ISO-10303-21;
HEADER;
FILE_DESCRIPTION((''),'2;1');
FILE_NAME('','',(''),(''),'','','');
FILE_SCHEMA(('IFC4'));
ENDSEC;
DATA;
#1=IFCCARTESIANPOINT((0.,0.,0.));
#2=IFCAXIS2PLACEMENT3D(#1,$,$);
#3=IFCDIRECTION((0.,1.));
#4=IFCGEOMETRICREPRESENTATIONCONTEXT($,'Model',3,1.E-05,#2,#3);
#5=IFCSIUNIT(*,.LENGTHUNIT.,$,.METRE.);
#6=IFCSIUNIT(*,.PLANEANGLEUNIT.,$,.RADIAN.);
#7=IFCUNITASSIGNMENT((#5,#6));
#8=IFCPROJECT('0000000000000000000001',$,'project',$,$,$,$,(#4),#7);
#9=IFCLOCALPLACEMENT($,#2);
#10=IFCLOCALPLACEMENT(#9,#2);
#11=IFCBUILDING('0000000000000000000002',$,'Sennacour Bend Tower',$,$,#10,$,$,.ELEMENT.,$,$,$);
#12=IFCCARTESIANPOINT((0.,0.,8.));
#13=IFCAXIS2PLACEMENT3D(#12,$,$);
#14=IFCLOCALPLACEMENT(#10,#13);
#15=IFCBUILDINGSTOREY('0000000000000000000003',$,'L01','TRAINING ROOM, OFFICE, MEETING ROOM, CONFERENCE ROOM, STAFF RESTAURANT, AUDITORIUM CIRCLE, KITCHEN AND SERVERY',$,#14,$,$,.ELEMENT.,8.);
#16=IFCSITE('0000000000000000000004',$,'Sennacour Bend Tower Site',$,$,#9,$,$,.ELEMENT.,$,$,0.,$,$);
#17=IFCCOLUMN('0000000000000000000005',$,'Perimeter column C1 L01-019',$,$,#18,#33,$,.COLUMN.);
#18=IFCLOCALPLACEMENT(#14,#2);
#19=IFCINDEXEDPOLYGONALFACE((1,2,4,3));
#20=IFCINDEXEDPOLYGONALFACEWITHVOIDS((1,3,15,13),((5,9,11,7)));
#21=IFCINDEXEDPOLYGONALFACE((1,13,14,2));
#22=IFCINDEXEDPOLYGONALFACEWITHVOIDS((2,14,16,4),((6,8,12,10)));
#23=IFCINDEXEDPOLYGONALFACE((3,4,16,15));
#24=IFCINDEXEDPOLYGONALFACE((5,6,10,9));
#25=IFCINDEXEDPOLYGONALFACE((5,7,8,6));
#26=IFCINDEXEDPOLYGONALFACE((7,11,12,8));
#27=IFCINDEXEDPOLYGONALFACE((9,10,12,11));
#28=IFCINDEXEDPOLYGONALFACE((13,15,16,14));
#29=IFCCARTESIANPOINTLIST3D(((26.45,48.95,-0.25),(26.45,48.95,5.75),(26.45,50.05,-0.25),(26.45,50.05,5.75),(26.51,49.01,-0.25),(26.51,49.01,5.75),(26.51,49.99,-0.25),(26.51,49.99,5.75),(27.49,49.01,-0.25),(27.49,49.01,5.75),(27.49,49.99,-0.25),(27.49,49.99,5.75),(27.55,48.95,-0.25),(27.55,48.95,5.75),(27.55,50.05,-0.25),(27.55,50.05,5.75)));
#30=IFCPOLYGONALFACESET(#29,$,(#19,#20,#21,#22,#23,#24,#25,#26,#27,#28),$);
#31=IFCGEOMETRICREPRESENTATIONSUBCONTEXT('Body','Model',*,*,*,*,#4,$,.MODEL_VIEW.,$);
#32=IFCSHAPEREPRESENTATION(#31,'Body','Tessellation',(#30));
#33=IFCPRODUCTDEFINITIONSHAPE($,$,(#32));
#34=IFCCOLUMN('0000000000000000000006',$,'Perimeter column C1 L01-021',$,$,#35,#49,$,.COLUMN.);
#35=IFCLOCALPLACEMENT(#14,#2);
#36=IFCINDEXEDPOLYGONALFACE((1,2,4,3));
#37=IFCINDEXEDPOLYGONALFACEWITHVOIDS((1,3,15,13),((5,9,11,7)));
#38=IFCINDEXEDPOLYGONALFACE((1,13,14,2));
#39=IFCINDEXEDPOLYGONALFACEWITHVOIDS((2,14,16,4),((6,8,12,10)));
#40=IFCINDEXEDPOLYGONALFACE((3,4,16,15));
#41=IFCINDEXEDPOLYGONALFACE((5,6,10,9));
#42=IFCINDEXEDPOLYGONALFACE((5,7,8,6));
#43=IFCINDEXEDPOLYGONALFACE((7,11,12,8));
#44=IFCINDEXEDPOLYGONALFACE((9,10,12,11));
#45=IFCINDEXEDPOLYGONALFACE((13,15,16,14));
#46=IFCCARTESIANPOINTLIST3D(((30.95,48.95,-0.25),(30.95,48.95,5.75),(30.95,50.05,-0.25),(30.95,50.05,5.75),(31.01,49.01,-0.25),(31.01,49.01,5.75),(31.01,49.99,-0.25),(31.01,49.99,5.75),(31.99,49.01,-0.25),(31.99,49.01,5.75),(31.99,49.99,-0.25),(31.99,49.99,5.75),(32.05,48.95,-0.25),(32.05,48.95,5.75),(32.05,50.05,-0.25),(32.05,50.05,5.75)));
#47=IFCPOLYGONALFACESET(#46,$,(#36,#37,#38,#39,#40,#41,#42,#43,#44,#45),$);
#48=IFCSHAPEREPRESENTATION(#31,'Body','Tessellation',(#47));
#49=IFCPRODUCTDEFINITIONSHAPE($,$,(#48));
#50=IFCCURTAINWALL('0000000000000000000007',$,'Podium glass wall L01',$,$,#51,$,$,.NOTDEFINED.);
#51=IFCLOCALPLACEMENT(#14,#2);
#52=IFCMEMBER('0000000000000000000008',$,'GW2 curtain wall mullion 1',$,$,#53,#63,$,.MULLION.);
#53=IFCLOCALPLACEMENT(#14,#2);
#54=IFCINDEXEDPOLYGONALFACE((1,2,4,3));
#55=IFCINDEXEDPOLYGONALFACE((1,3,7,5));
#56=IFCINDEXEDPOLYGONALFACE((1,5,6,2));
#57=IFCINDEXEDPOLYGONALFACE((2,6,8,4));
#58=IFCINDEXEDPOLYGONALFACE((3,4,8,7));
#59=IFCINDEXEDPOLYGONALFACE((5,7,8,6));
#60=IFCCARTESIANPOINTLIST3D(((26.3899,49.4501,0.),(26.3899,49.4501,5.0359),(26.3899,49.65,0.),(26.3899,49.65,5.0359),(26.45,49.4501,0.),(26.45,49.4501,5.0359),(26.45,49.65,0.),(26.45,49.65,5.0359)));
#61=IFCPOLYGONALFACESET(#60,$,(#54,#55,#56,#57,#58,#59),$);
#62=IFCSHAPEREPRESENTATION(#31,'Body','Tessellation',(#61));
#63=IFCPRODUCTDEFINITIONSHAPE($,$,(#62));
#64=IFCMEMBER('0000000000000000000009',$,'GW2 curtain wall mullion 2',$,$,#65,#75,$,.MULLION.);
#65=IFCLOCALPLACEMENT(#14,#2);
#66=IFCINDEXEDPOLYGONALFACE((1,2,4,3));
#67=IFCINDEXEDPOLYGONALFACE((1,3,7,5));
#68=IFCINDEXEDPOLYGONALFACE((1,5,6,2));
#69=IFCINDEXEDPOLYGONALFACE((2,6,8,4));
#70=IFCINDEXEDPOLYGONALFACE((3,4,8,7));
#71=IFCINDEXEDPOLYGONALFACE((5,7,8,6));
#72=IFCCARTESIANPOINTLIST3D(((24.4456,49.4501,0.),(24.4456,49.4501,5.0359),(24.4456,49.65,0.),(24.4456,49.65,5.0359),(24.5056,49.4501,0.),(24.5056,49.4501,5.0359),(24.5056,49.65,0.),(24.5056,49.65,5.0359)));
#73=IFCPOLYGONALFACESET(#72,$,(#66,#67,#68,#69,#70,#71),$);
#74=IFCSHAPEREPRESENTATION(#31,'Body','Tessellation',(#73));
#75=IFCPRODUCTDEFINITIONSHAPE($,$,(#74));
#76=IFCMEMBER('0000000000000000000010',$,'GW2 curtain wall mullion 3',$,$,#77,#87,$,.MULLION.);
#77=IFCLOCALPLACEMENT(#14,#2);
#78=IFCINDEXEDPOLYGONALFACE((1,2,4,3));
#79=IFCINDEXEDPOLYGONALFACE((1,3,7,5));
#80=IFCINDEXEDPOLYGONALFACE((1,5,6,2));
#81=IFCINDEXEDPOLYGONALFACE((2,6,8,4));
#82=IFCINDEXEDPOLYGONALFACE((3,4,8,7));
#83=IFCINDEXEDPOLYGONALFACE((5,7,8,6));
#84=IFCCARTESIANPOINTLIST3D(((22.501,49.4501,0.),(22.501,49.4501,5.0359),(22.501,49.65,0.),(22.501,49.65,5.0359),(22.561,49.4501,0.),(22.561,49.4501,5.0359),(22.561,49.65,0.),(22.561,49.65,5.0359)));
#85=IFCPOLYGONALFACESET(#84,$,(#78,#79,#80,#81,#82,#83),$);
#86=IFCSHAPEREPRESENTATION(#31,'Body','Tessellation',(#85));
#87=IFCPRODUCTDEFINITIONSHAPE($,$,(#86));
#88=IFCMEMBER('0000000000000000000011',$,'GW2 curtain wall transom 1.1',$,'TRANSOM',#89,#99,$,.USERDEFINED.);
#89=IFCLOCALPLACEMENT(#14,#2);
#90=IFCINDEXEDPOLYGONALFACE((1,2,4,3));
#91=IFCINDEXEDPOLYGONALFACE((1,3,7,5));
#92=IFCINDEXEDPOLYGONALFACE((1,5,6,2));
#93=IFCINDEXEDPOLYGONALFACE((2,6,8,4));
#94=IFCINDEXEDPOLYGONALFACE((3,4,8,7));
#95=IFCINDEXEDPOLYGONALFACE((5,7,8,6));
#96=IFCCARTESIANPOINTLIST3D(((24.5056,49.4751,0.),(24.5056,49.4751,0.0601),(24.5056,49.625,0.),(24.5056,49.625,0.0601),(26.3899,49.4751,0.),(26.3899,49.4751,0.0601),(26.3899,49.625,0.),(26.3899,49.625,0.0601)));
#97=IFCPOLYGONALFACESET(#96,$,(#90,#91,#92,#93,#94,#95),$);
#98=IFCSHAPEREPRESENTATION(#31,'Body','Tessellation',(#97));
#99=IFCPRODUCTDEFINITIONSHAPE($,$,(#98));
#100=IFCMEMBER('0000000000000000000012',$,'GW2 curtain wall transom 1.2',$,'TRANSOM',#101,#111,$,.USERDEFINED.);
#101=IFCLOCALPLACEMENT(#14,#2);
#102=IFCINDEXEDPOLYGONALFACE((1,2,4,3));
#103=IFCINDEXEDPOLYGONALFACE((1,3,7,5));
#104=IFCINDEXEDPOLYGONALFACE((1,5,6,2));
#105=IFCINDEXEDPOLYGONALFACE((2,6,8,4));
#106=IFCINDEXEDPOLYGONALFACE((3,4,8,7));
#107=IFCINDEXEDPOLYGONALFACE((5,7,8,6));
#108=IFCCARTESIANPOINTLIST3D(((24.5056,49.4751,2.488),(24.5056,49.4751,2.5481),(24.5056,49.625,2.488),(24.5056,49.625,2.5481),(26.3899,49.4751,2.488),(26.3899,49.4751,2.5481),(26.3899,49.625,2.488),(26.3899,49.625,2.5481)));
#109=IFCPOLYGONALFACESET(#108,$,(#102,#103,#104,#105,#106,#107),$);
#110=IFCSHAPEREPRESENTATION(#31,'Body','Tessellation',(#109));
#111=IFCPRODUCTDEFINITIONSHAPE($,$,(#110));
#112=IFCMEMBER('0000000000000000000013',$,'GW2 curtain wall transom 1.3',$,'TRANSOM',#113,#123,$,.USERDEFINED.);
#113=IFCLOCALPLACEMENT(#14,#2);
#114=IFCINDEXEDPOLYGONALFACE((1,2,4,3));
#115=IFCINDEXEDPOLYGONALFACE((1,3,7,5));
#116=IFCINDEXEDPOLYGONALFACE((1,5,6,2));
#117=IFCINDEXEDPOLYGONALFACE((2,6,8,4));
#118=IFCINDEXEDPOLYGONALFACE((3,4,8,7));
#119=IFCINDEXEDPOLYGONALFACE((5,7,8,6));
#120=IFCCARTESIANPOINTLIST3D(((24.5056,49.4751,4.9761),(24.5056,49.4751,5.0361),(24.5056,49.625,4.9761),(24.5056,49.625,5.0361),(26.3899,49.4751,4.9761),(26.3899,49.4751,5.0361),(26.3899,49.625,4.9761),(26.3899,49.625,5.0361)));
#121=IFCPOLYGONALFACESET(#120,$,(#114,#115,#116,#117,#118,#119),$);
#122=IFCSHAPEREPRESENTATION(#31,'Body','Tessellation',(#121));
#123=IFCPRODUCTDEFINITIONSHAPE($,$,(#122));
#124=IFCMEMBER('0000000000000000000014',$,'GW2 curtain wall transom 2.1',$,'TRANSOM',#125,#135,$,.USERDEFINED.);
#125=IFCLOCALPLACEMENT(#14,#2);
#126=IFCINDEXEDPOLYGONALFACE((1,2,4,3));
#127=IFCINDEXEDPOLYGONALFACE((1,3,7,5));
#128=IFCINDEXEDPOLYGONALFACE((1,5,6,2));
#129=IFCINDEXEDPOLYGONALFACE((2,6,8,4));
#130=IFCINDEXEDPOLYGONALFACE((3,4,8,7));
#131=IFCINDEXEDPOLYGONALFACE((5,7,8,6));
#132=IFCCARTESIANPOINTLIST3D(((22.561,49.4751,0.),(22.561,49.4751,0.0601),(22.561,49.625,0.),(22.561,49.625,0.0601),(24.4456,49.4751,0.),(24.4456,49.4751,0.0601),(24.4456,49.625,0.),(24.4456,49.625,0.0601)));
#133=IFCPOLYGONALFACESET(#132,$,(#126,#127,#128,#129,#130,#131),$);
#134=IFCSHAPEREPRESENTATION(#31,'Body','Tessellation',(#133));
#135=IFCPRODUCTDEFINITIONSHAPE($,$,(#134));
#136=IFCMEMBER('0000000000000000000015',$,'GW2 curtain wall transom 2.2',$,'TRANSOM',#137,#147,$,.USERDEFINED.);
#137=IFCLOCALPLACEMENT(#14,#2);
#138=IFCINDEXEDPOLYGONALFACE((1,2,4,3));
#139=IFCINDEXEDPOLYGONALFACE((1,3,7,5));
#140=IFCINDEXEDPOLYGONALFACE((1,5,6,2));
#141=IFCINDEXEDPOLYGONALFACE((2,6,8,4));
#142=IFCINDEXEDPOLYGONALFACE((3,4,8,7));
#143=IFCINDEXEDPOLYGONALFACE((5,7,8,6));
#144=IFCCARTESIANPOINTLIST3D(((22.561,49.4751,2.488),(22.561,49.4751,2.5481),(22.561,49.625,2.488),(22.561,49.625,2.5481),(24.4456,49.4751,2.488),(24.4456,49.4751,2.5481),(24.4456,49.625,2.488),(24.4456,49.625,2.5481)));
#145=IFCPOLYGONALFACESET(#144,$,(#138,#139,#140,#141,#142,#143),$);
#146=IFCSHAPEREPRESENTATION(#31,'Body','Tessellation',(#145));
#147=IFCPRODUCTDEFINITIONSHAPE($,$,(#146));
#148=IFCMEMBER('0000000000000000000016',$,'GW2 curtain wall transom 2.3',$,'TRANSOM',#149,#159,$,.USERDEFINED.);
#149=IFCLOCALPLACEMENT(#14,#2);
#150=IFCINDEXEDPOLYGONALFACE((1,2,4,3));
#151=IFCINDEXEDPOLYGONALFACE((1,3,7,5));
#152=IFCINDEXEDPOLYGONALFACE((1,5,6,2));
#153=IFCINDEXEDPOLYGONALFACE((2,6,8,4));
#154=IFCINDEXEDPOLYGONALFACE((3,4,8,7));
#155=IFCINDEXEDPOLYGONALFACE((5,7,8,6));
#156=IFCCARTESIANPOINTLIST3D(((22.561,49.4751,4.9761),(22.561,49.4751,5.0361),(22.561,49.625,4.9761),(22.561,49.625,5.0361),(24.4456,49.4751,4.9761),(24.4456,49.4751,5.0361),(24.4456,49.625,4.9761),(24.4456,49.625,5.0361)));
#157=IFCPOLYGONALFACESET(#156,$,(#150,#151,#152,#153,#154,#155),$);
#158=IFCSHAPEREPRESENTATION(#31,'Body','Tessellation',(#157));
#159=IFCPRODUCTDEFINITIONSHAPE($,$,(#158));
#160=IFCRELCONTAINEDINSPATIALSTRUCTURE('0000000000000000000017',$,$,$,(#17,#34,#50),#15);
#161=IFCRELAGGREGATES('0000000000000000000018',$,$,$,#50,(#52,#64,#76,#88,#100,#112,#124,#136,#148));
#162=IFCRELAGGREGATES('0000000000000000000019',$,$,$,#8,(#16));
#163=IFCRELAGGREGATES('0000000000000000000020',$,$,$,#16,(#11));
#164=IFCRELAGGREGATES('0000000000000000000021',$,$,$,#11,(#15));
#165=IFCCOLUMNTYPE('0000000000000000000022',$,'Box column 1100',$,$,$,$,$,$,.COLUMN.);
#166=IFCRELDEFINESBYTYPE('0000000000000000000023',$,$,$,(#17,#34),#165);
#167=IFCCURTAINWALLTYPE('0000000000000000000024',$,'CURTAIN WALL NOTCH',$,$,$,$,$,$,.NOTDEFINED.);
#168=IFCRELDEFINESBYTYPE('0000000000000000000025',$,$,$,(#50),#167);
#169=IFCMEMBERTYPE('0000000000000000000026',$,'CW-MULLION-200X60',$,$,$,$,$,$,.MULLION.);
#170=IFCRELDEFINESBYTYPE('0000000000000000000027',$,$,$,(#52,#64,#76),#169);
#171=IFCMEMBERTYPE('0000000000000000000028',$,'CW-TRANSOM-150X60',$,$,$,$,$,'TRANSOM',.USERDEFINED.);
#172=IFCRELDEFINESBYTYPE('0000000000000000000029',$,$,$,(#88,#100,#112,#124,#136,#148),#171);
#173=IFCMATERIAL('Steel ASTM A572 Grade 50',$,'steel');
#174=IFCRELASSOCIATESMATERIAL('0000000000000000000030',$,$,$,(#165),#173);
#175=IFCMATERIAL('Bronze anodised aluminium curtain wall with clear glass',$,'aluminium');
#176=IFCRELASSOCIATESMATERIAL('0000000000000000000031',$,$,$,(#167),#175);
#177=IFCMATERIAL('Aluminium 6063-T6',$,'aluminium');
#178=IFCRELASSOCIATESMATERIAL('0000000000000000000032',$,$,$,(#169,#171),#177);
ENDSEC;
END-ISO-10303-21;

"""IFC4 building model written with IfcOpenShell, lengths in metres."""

from ifc_helpers import new_model, si_unit, direction, frame, origin, origin_2d, place, context, subcontext, project, spatial, rectangle, hollow_rectangle, extrude, material, material_profile, profile_set, type_object, element, aggregate, save


model = new_model("IFC4")

# Units and contexts
model_context = context("Model", 3, precision=1e-05, world=origin(), true_north=direction((0.0, 1.0)))
body_context = subcontext(model_context, "Body", "Model", "MODEL_VIEW")
ifc_project = project(units=[si_unit("LENGTHUNIT", "METRE"), si_unit("PLANEANGLEUNIT", "RADIAN")], contexts=[model_context])

# Site, building, storey
site_placement = place(None, origin())
site = spatial("IfcSite", under=ifc_project, at=site_placement, Name="Sennacour Bend Tower Site", CompositionType="ELEMENT", RefElevation=0.0)
building_placement = place(site_placement, origin())
building = spatial("IfcBuilding", under=site, at=building_placement, Name="Sennacour Bend Tower", CompositionType="ELEMENT")
storey_placement = place(building_placement, frame((0.0, 0.0, 8.0)))
storey = spatial("IfcBuildingStorey", under=building, at=storey_placement, Name="L01", Description="TRAINING ROOM, OFFICE, MEETING ROOM, CONFERENCE ROOM, STAFF RESTAURANT, AUDITORIUM CIRCLE, KITCHEN AND SERVERY", CompositionType="ELEMENT", Elevation=8.0)

# Columns
ifc_material_1 = material(Name="Steel ASTM A572 Grade 50", Category="steel")
ifc_material_profile_1 = material_profile(ifc_material_1, hollow_rectangle(XDim=1.1001, YDim=1.1001, WallThickness=0.0601, at=origin_2d()), Name="Steel ASTM A572 Grade 50", Category="steel")
ifc_profile_set_1 = profile_set([ifc_material_profile_1], Name="Steel ASTM A572 Grade 50")
column_type = type_object("IfcColumnType", Name="Box column 1100", PredefinedType="COLUMN", material=ifc_profile_set_1)
for number, where, z_axis, x_axis, name in (
    (1, (27.0, 49.5, -0.25), (0.0, 0.0, 1.0), (1.0, 0.0, 0.0), "Perimeter column C1 L01-019"),
    (2, (31.5, 49.5, -0.25), (0.0, 0.0, 1.0), (1.0, 0.0, 0.0), "Perimeter column C1 L01-021"),
):
    element("IfcColumn", number, at=place(storey_placement, frame(where, z_axis=z_axis, x_axis=x_axis)), inside=storey, type_object=column_type, Name=name, PredefinedType="COLUMN", context=body_context, shape_type="SweptSolid", body=[
        extrude(hollow_rectangle(XDim=1.1001, YDim=1.1001, WallThickness=0.0601, at=origin_2d()), origin(), (0.0, 0.0, 1.0), 6.0),
    ])

# Curtain wall, members
ifc_material_2 = material(Name="Bronze anodised aluminium curtain wall with clear glass", Category="aluminium")
curtain_wall_type = type_object("IfcCurtainWallType", Name="CURTAIN WALL NOTCH", PredefinedType="NOTDEFINED", material=ifc_material_2)
curtain_wall_placement = place(storey_placement, origin())
curtain_wall = element("IfcCurtainWall", 3, at=curtain_wall_placement, inside=storey, type_object=curtain_wall_type, Name="Podium glass wall L01", PredefinedType="NOTDEFINED")
ifc_material_3 = material(Name="Aluminium 6063-T6", Category="aluminium")
ifc_material_profile_2 = material_profile(ifc_material_3, rectangle(XDim=0.2, YDim=0.0601, at=origin_2d()), Name="Aluminium 6063-T6", Category="aluminium")
ifc_profile_set_2 = profile_set([ifc_material_profile_2], Name="Aluminium 6063-T6")
member_type_1 = type_object("IfcMemberType", Name="CW-MULLION-200X60", PredefinedType="MULLION", material=ifc_profile_set_2)
member_1_placement = place(storey_placement, frame((26.4199, 49.55, 0.0), z_axis=(0.0, 0.0, 1.0), x_axis=(0.0, -1.0, 0.0)))
member_1 = element("IfcMember", 4, at=member_1_placement, type_object=member_type_1, Name="GW2 curtain wall mullion 1", PredefinedType="MULLION", context=body_context, shape_type="SweptSolid", body=[
    extrude(rectangle(XDim=0.2, YDim=0.0601, at=origin_2d()), origin(), (0.0, 0.0, 1.0), 5.0359),
])
member_2_placement = place(storey_placement, frame((24.4756, 49.55, 0.0), z_axis=(0.0, 0.0, 1.0), x_axis=(0.0, -1.0, 0.0)))
member_2 = element("IfcMember", 5, at=member_2_placement, type_object=member_type_1, Name="GW2 curtain wall mullion 2", PredefinedType="MULLION", context=body_context, shape_type="SweptSolid", body=[
    extrude(rectangle(XDim=0.2, YDim=0.0601, at=origin_2d()), origin(), (0.0, 0.0, 1.0), 5.0359),
])
member_3_placement = place(storey_placement, frame((22.531, 49.55, 0.0), z_axis=(0.0, 0.0, 1.0), x_axis=(0.0, -1.0, 0.0)))
member_3 = element("IfcMember", 6, at=member_3_placement, type_object=member_type_1, Name="GW2 curtain wall mullion 3", PredefinedType="MULLION", context=body_context, shape_type="SweptSolid", body=[
    extrude(rectangle(XDim=0.2, YDim=0.0601, at=origin_2d()), origin(), (0.0, 0.0, 1.0), 5.0359),
])
ifc_material_profile_3 = material_profile(ifc_material_3, rectangle(XDim=0.1499, YDim=0.0601, at=origin_2d()), Name="Aluminium 6063-T6", Category="aluminium")
ifc_profile_set_3 = profile_set([ifc_material_profile_3], Name="Aluminium 6063-T6")
member_type_2 = type_object("IfcMemberType", Name="CW-TRANSOM-150X60", ElementType="TRANSOM", PredefinedType="USERDEFINED", material=ifc_profile_set_3)
member_4_placement = place(storey_placement, frame((26.3899, 49.55, 0.03), z_axis=(-1.0, 0.0, 0.0), x_axis=(0.0, -1.0, 0.0)))
member_4 = element("IfcMember", 7, at=member_4_placement, type_object=member_type_2, Name="GW2 curtain wall transom 1.1", ObjectType="TRANSOM", PredefinedType="USERDEFINED", context=body_context, shape_type="SweptSolid", body=[
    extrude(rectangle(XDim=0.1499, YDim=0.0601, at=origin_2d()), origin(), (0.0, 0.0, 1.0), 1.8843),
])
member_5_placement = place(storey_placement, frame((26.3899, 49.55, 2.5181), z_axis=(-1.0, 0.0, 0.0), x_axis=(0.0, -1.0, 0.0)))
member_5 = element("IfcMember", 8, at=member_5_placement, type_object=member_type_2, Name="GW2 curtain wall transom 1.2", ObjectType="TRANSOM", PredefinedType="USERDEFINED", context=body_context, shape_type="SweptSolid", body=[
    extrude(rectangle(XDim=0.1499, YDim=0.0601, at=origin_2d()), origin(), (0.0, 0.0, 1.0), 1.8843),
])
member_6_placement = place(storey_placement, frame((26.3899, 49.55, 5.0061), z_axis=(-1.0, 0.0, 0.0), x_axis=(0.0, -1.0, 0.0)))
member_6 = element("IfcMember", 9, at=member_6_placement, type_object=member_type_2, Name="GW2 curtain wall transom 1.3", ObjectType="TRANSOM", PredefinedType="USERDEFINED", context=body_context, shape_type="SweptSolid", body=[
    extrude(rectangle(XDim=0.1499, YDim=0.0601, at=origin_2d()), origin(), (0.0, 0.0, 1.0), 1.8843),
])
member_7_placement = place(storey_placement, frame((24.4456, 49.55, 0.03), z_axis=(-1.0, 0.0, 0.0), x_axis=(0.0, -1.0, 0.0)))
member_7 = element("IfcMember", 10, at=member_7_placement, type_object=member_type_2, Name="GW2 curtain wall transom 2.1", ObjectType="TRANSOM", PredefinedType="USERDEFINED", context=body_context, shape_type="SweptSolid", body=[
    extrude(rectangle(XDim=0.1499, YDim=0.0601, at=origin_2d()), origin(), (0.0, 0.0, 1.0), 1.8845),
])
member_8_placement = place(storey_placement, frame((24.4456, 49.55, 2.5181), z_axis=(-1.0, 0.0, 0.0), x_axis=(0.0, -1.0, 0.0)))
member_8 = element("IfcMember", 11, at=member_8_placement, type_object=member_type_2, Name="GW2 curtain wall transom 2.2", ObjectType="TRANSOM", PredefinedType="USERDEFINED", context=body_context, shape_type="SweptSolid", body=[
    extrude(rectangle(XDim=0.1499, YDim=0.0601, at=origin_2d()), origin(), (0.0, 0.0, 1.0), 1.8845),
])
member_9_placement = place(storey_placement, frame((24.4456, 49.55, 5.0061), z_axis=(-1.0, 0.0, 0.0), x_axis=(0.0, -1.0, 0.0)))
member_9 = element("IfcMember", 12, at=member_9_placement, type_object=member_type_2, Name="GW2 curtain wall transom 2.3", ObjectType="TRANSOM", PredefinedType="USERDEFINED", context=body_context, shape_type="SweptSolid", body=[
    extrude(rectangle(XDim=0.1499, YDim=0.0601, at=origin_2d()), origin(), (0.0, 0.0, 1.0), 1.8845),
])

aggregate(curtain_wall, [member_1, member_2, member_3, member_4, member_5, member_6, member_7, member_8, member_9])

save(model, "model.ifc")
